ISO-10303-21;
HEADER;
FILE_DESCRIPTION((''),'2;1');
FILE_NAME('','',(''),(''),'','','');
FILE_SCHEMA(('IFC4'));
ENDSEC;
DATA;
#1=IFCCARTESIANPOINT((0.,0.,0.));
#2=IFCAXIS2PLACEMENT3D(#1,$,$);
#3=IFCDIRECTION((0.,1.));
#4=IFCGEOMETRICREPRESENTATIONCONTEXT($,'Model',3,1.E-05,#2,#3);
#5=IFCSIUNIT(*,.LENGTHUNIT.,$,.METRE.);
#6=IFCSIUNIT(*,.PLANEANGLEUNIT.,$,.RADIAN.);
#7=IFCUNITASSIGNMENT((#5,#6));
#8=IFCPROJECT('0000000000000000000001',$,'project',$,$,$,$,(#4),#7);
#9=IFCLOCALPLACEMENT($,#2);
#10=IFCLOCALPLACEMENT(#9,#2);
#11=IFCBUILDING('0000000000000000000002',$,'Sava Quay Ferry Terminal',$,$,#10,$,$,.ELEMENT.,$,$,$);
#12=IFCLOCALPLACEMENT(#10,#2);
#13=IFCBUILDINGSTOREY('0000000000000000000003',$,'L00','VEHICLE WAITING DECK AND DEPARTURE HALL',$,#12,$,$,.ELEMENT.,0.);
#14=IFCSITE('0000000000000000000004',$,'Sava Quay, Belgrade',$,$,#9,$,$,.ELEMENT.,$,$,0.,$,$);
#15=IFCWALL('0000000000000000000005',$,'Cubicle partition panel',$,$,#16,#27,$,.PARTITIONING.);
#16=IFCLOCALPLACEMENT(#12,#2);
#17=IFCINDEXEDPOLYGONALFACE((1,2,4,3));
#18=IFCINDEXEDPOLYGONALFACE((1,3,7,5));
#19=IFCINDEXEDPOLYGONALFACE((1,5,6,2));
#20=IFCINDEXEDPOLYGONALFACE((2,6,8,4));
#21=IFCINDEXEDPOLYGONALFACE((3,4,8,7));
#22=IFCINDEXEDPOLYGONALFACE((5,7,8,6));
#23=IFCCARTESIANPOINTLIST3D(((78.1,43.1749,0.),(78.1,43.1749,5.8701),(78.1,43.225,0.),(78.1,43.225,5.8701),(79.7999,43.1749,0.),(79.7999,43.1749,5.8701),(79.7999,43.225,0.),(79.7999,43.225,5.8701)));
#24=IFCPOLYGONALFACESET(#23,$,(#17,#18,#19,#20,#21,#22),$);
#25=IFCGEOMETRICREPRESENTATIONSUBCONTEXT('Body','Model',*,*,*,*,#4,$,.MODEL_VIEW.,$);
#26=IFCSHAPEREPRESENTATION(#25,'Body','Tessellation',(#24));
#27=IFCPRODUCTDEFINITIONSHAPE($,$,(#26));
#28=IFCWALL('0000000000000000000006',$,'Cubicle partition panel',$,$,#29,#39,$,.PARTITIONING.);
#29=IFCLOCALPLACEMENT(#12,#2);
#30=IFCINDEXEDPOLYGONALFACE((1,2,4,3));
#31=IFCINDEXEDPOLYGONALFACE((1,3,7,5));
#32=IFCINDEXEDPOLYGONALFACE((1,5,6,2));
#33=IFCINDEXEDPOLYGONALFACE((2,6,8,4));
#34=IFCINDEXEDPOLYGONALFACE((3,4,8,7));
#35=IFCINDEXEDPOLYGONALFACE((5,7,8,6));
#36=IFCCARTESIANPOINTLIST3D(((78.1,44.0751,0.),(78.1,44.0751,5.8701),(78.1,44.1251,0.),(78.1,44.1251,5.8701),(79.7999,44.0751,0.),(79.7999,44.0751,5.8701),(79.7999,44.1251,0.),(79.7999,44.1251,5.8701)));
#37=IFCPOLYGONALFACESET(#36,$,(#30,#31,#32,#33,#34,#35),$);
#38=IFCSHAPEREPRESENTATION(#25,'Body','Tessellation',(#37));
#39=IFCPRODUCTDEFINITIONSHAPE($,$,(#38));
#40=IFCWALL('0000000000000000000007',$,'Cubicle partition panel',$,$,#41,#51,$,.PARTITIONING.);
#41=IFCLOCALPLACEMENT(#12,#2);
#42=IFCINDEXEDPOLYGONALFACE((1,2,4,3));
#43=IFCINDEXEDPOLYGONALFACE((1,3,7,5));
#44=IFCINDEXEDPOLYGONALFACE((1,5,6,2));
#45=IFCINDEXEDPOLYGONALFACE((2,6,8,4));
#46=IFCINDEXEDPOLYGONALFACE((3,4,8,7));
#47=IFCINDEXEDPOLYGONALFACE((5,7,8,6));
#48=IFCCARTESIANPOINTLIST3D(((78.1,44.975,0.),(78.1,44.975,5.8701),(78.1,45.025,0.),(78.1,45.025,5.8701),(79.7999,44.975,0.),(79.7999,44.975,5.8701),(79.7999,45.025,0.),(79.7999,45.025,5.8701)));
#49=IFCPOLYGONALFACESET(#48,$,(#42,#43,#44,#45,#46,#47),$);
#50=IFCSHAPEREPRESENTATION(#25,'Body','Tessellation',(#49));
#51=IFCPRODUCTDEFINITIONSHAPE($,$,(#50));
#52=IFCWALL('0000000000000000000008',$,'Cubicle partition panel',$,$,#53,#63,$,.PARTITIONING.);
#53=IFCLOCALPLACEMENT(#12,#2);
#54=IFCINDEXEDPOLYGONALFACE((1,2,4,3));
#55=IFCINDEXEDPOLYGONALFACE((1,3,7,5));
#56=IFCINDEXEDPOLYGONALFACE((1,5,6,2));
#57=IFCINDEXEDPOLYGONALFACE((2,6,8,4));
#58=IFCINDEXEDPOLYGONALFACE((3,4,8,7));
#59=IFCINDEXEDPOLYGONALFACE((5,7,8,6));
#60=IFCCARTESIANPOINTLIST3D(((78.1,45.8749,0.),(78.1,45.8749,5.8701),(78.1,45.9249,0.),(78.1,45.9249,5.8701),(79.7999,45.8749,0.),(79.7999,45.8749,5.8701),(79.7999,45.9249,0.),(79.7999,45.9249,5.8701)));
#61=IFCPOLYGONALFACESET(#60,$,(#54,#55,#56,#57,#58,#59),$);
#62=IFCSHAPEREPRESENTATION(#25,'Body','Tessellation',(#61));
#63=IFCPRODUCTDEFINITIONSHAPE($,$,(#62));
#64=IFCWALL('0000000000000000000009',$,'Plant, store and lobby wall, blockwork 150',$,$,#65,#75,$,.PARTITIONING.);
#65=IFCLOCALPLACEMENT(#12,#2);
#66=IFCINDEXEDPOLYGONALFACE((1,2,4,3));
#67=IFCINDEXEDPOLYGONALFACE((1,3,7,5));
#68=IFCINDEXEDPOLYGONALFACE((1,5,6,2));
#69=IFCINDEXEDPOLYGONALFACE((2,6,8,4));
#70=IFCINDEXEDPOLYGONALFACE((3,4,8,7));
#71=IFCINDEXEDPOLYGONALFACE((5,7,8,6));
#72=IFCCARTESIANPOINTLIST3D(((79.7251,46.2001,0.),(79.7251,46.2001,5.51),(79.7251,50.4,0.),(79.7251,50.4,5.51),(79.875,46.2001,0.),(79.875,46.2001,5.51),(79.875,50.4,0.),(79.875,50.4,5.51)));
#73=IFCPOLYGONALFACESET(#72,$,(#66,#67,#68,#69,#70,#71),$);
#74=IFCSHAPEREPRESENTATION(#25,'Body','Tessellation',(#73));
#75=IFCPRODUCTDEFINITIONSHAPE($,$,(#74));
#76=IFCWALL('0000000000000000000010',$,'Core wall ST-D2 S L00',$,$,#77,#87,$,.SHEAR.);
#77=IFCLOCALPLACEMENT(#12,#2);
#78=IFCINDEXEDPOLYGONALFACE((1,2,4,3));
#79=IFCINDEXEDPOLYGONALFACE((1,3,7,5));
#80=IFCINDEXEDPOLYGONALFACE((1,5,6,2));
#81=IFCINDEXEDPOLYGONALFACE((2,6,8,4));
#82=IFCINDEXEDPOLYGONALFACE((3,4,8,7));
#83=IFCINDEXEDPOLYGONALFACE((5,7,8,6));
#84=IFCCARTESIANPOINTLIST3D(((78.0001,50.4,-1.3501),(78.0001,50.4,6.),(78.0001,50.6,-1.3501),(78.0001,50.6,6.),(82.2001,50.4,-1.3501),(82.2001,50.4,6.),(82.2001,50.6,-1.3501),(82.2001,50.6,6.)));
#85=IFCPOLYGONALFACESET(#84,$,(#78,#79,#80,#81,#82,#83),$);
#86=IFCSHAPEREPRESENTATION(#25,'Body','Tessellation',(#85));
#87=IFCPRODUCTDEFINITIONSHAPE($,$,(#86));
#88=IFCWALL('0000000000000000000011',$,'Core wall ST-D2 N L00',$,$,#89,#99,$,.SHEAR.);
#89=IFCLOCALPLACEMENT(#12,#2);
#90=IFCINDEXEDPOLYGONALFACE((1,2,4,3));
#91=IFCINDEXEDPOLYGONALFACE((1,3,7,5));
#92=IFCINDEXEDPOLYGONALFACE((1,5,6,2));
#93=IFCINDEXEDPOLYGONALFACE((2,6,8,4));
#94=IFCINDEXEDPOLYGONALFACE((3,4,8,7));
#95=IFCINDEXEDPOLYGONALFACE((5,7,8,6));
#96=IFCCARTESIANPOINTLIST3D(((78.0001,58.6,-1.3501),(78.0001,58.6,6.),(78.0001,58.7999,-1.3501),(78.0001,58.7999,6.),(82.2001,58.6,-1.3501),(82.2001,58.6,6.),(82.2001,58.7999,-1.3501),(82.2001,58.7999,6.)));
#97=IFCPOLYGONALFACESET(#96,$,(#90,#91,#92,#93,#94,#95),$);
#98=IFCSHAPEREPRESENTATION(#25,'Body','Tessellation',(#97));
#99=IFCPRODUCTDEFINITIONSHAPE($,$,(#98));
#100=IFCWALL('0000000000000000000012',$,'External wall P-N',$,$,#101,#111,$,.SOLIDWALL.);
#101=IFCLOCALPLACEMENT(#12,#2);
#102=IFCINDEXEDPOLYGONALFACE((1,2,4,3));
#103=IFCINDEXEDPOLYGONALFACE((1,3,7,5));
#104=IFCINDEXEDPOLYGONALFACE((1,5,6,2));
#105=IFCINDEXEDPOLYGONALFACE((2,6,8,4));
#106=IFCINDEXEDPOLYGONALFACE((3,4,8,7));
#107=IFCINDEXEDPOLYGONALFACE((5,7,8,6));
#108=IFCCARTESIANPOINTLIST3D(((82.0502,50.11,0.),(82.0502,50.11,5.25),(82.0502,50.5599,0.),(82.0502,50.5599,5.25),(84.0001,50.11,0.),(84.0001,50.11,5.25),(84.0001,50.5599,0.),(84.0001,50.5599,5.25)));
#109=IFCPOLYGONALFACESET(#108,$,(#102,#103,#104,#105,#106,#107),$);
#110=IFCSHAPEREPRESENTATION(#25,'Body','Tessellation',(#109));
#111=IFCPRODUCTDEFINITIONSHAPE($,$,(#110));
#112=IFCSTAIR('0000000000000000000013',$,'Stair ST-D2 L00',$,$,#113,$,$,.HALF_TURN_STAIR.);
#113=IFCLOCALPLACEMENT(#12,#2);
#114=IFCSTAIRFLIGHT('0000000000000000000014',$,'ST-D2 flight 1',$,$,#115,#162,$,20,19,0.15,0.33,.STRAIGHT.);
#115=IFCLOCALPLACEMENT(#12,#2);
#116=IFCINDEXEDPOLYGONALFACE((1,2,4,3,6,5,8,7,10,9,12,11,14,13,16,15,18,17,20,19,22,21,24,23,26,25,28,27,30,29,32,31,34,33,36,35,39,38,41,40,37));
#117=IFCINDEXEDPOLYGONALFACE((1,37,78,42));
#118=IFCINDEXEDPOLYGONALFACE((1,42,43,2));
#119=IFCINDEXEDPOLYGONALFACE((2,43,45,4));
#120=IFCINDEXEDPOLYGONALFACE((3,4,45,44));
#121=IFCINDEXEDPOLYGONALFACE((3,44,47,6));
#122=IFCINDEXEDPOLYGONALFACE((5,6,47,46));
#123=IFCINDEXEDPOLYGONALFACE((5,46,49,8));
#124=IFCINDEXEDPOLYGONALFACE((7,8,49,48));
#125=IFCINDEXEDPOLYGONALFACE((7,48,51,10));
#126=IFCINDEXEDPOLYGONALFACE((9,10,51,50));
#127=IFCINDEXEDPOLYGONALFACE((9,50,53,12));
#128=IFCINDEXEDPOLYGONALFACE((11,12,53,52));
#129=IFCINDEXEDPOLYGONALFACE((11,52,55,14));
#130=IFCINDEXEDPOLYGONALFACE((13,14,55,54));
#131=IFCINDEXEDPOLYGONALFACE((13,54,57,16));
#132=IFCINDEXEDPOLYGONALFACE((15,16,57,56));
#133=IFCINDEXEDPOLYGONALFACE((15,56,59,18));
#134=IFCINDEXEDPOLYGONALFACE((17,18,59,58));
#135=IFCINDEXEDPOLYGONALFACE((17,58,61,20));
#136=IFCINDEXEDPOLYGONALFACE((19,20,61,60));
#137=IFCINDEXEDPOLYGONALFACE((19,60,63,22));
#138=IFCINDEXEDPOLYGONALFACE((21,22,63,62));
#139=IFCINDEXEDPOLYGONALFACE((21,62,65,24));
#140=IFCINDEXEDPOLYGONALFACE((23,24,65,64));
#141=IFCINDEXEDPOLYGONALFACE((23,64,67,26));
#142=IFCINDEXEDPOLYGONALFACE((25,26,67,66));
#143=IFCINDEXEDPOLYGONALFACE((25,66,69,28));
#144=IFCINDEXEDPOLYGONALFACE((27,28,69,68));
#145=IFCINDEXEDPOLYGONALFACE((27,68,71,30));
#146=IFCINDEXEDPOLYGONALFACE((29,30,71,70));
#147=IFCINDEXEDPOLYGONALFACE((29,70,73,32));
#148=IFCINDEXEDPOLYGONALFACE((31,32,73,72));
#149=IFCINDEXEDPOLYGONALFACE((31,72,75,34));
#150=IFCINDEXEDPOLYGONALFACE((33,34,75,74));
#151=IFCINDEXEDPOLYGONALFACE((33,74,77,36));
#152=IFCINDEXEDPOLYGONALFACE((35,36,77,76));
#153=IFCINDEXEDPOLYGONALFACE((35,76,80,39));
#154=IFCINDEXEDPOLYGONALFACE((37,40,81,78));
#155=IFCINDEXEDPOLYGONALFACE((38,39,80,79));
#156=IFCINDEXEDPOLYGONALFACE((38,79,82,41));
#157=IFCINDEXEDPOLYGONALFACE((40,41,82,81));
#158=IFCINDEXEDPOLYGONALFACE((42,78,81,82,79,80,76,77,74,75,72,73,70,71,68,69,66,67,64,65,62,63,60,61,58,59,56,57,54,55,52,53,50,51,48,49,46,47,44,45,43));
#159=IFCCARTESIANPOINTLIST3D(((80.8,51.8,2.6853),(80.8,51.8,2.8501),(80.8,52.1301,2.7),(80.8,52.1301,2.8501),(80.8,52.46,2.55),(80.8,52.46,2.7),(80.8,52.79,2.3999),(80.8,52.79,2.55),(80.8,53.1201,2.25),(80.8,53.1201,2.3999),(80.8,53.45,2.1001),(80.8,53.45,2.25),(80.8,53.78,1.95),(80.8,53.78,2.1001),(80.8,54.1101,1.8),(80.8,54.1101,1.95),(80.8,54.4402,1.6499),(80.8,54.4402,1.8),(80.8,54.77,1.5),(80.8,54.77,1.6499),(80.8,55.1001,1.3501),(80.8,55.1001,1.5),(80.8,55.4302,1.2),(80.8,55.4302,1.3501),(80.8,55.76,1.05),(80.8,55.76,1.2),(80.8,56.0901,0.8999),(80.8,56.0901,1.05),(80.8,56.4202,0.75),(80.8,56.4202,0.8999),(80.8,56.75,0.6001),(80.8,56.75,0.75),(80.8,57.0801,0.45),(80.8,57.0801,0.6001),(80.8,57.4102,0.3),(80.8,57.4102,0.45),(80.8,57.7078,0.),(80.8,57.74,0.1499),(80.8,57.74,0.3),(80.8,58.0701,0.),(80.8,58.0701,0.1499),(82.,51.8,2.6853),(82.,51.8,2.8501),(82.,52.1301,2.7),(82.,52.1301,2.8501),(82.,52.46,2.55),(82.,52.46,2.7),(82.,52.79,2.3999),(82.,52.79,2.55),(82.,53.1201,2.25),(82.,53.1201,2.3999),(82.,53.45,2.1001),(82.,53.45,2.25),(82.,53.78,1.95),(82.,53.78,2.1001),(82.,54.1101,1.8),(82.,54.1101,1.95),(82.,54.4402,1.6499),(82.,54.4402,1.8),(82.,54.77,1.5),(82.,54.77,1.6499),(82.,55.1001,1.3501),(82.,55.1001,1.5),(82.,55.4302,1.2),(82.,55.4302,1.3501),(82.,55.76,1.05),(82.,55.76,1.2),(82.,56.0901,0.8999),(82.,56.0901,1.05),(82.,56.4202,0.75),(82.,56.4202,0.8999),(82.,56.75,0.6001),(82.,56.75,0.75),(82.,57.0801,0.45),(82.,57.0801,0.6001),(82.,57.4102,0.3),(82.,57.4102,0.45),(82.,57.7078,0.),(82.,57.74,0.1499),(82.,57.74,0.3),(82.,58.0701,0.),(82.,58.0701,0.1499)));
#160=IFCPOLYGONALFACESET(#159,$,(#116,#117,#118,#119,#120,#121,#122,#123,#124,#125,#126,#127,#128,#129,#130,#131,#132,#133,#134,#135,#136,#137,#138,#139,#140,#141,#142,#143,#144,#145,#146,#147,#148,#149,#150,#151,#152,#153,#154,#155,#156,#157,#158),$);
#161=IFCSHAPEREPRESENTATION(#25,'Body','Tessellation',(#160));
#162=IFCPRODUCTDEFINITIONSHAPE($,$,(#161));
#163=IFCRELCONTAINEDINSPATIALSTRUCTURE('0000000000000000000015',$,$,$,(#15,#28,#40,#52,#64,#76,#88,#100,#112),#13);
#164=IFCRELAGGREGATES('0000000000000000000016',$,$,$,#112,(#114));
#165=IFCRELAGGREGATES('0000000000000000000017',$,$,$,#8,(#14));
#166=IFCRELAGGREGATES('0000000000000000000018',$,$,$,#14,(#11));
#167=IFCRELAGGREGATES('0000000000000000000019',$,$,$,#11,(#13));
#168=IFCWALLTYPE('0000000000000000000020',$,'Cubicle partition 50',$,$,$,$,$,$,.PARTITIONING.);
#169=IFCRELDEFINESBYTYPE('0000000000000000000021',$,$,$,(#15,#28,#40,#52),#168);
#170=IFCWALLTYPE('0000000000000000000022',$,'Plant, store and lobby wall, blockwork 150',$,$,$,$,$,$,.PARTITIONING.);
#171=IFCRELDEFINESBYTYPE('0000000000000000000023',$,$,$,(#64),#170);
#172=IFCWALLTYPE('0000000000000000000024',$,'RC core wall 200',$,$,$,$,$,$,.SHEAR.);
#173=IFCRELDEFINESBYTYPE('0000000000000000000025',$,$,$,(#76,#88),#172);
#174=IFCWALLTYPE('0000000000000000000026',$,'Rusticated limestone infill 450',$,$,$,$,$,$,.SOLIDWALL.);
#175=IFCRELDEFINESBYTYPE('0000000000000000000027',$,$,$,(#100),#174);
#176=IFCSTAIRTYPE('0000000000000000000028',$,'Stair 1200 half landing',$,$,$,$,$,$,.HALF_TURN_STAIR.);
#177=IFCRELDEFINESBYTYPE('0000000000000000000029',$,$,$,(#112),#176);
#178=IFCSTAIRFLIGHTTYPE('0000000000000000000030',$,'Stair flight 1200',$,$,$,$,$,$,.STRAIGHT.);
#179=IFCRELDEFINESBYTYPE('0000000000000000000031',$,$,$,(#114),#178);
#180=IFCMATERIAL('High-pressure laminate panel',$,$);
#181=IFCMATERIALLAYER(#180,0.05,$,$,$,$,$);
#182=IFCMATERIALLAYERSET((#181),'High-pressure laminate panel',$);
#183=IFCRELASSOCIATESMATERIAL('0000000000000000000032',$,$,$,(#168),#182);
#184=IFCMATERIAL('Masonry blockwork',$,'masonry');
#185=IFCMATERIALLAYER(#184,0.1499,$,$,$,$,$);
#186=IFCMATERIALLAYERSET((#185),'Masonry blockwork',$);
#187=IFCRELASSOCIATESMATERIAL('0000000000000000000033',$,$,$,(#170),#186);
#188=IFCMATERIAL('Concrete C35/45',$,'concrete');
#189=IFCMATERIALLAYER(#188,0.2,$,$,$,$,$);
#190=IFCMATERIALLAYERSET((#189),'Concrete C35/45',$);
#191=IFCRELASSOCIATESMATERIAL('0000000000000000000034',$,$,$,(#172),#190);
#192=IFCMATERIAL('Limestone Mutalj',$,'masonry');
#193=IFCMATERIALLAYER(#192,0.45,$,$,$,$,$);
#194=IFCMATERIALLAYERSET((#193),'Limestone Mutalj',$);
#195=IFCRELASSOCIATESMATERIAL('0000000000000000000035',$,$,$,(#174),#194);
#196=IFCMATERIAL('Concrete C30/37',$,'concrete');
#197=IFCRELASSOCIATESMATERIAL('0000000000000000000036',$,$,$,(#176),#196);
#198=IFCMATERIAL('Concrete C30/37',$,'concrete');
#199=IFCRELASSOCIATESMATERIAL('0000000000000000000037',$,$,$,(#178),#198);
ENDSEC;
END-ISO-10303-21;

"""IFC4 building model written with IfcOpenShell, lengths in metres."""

from ifc_helpers import new_model, si_unit, direction, frame, frame_2d, origin, place, context, subcontext, project, spatial, polyline, rectangle, outline, extrude, material, layer, layer_set, type_object, element, aggregate, save


model = new_model("IFC4")

# Units and contexts
model_context = context("Model", 3, precision=1e-05, world=origin(), true_north=direction((0.0, 1.0)))
body_context = subcontext(model_context, "Body", "Model", "MODEL_VIEW")
ifc_project = project(units=[si_unit("LENGTHUNIT", "METRE"), si_unit("PLANEANGLEUNIT", "RADIAN")], contexts=[model_context])

# Site, building, storey
site_placement = place(None, origin())
site = spatial("IfcSite", under=ifc_project, at=site_placement, Name="Sava Quay, Belgrade", CompositionType="ELEMENT", RefElevation=0.0)
building_placement = place(site_placement, origin())
building = spatial("IfcBuilding", under=site, at=building_placement, Name="Sava Quay Ferry Terminal", CompositionType="ELEMENT")
storey_placement = place(building_placement, origin())
storey = spatial("IfcBuildingStorey", under=building, at=storey_placement, Name="L00", Description="VEHICLE WAITING DECK AND DEPARTURE HALL", CompositionType="ELEMENT", Elevation=0.0)

# Walls
ifc_material_1 = material(Name="High-pressure laminate panel")
ifc_layer_1 = layer(ifc_material_1, 0.05)
ifc_layer_set_1 = layer_set([ifc_layer_1], Name="High-pressure laminate panel")
wall_type_1 = type_object("IfcWallType", Name="Cubicle partition 50", PredefinedType="PARTITIONING", material=ifc_layer_set_1)
for number, where, z_axis, x_axis, name in (
    (1, (79.8, 43.2, 0.0), (0.0, 0.0, 1.0), (-1.0, 0.0, 0.0), "Cubicle partition panel"),
    (2, (79.8, 44.1001, 0.0), (0.0, 0.0, 1.0), (-1.0, 0.0, 0.0), "Cubicle partition panel"),
    (3, (79.8, 45.0, 0.0), (0.0, 0.0, 1.0), (-1.0, 0.0, 0.0), "Cubicle partition panel"),
    (4, (79.8, 45.8999, 0.0), (0.0, 0.0, 1.0), (-1.0, 0.0, 0.0), "Cubicle partition panel"),
):
    element("IfcWall", number, at=place(storey_placement, frame(where, z_axis=z_axis, x_axis=x_axis)), inside=storey, type_object=wall_type_1, Name=name, PredefinedType="PARTITIONING", context=body_context, shape_type="SweptSolid", body=[
        extrude(rectangle(XDim=1.7, YDim=0.05, at=frame_2d((0.8501, 0.0))), origin(), (0.0, 0.0, 1.0), 5.8701),
    ])
ifc_material_2 = material(Name="Masonry blockwork", Category="masonry")
ifc_layer_2 = layer(ifc_material_2, 0.1499)
ifc_layer_set_2 = layer_set([ifc_layer_2], Name="Masonry blockwork")
wall_type_2 = type_object("IfcWallType", Name="Plant, store and lobby wall, blockwork 150", PredefinedType="PARTITIONING", material=ifc_layer_set_2)
wall_1_placement = place(storey_placement, frame((79.8, 46.2, 0.0), z_axis=(0.0, 0.0, 1.0), x_axis=(0.0, 1.0, 0.0)))
element("IfcWall", 5, at=wall_1_placement, inside=storey, type_object=wall_type_2, Name="Plant, store and lobby wall, blockwork 150", PredefinedType="PARTITIONING", context=body_context, shape_type="SweptSolid", body=[
    extrude(rectangle(XDim=4.2, YDim=0.1499, at=frame_2d((2.1001, 0.0))), origin(), (0.0, 0.0, 1.0), 5.51),
])
ifc_material_3 = material(Name="Concrete C35/45", Category="concrete")
ifc_layer_3 = layer(ifc_material_3, 0.2)
ifc_layer_set_3 = layer_set([ifc_layer_3], Name="Concrete C35/45")
wall_type_3 = type_object("IfcWallType", Name="RC core wall 200", PredefinedType="SHEAR", material=ifc_layer_set_3)
for number, where, z_axis, x_axis, name in (
    (6, (78.0, 50.5, -1.3501), (0.0, 0.0, 1.0), (1.0, 0.0, 0.0), "Core wall ST-D2 S L00"),
    (7, (78.0, 58.7, -1.3501), (0.0, 0.0, 1.0), (1.0, 0.0, 0.0), "Core wall ST-D2 N L00"),
):
    element("IfcWall", number, at=place(storey_placement, frame(where, z_axis=z_axis, x_axis=x_axis)), inside=storey, type_object=wall_type_3, Name=name, PredefinedType="SHEAR", context=body_context, shape_type="SweptSolid", body=[
        extrude(rectangle(XDim=4.2, YDim=0.2, at=frame_2d((2.1001, 0.0))), origin(), (0.0, 0.0, 1.0), 7.3501),
    ])

# Wall
ifc_material_4 = material(Name="Limestone Mutalj", Category="masonry")
ifc_layer_4 = layer(ifc_material_4, 0.45)
ifc_layer_set_4 = layer_set([ifc_layer_4], Name="Limestone Mutalj")
wall_type_4 = type_object("IfcWallType", Name="Rusticated limestone infill 450", PredefinedType="SOLIDWALL", material=ifc_layer_set_4)
wall_2_placement = place(storey_placement, frame((82.05, 50.335, 0.0), z_axis=(0.0, 0.0, 1.0), x_axis=(1.0, 0.0, 0.0)))
element("IfcWall", 8, at=wall_2_placement, inside=storey, type_object=wall_type_4, Name="External wall P-N", PredefinedType="SOLIDWALL", context=body_context, shape_type="SweptSolid", body=[
    extrude(rectangle(XDim=1.95, YDim=0.45, at=frame_2d((0.9751, 0.0))), origin(), (0.0, 0.0, 1.0), 5.25),
])

# Stair, stair flight
ifc_material_5 = material(Name="Concrete C30/37", Category="concrete")
stair_type = type_object("IfcStairType", Name="Stair 1200 half landing", PredefinedType="HALF_TURN_STAIR", material=ifc_material_5)
stair_placement = place(storey_placement, origin())
stair = element("IfcStair", 9, at=stair_placement, inside=storey, type_object=stair_type, Name="Stair ST-D2 L00", PredefinedType="HALF_TURN_STAIR")
ifc_material_6 = material(Name="Concrete C30/37", Category="concrete")
stair_flight_type = type_object("IfcStairFlightType", Name="Stair flight 1200", PredefinedType="STRAIGHT", material=ifc_material_6)
stair_flight_1_placement = place(storey_placement, frame((81.3999, 58.0701, 0.0), z_axis=(0.0, 0.0, 1.0), x_axis=(0.0, -1.0, 0.0)))
stair_flight_1 = element("IfcStairFlight", 10, at=stair_flight_1_placement, type_object=stair_flight_type, Name="ST-D2 flight 1", NumberOfRisers=20, NumberOfTreads=19, PredefinedType="STRAIGHT", RiserHeight=0.15, TreadLength=0.33, context=body_context, shape_type="SweptSolid", body=[
    extrude(outline(polyline([(0.0, 0.0), (0.0, 0.1499), (0.3301, 0.1499), (0.3301, 0.3), (0.6599, 0.3), (0.6599, 0.45), (0.99, 0.45), (0.99, 0.6001), (1.3201, 0.6001), (1.3201, 0.75), (1.6499, 0.75), (1.6499, 0.8999), (1.98, 0.8999), (1.98, 1.05), (2.3101, 1.05), (2.3101, 1.2), (2.6399, 1.2), (2.6399, 1.3501), (2.97, 1.3501), (2.97, 1.5), (3.3, 1.5), (3.3, 1.6499), (3.6299, 1.6499), (3.6299, 1.8), (3.96, 1.8), (3.96, 1.95), (4.29, 1.95), (4.29, 2.1001), (4.6201, 2.1001), (4.6201, 2.25), (4.95, 2.25), (4.95, 2.3999), (5.28, 2.3999), (5.28, 2.55), (5.6101, 2.55), (5.6101, 2.7), (5.9399, 2.7), (5.9399, 2.8501), (6.27, 2.8501), (6.27, 3.0), (6.27, 2.6853), (0.3623, 0.0), (0.0, 0.0)])), frame((0.0, 0.6001, 0.0), z_axis=(0.0, -1.0, 0.0), x_axis=(1.0, 0.0, 0.0)), (0.0, 0.0, 1.0), 1.2),
])
aggregate(stair, [stair_flight_1])

save(model, "model.ifc")
